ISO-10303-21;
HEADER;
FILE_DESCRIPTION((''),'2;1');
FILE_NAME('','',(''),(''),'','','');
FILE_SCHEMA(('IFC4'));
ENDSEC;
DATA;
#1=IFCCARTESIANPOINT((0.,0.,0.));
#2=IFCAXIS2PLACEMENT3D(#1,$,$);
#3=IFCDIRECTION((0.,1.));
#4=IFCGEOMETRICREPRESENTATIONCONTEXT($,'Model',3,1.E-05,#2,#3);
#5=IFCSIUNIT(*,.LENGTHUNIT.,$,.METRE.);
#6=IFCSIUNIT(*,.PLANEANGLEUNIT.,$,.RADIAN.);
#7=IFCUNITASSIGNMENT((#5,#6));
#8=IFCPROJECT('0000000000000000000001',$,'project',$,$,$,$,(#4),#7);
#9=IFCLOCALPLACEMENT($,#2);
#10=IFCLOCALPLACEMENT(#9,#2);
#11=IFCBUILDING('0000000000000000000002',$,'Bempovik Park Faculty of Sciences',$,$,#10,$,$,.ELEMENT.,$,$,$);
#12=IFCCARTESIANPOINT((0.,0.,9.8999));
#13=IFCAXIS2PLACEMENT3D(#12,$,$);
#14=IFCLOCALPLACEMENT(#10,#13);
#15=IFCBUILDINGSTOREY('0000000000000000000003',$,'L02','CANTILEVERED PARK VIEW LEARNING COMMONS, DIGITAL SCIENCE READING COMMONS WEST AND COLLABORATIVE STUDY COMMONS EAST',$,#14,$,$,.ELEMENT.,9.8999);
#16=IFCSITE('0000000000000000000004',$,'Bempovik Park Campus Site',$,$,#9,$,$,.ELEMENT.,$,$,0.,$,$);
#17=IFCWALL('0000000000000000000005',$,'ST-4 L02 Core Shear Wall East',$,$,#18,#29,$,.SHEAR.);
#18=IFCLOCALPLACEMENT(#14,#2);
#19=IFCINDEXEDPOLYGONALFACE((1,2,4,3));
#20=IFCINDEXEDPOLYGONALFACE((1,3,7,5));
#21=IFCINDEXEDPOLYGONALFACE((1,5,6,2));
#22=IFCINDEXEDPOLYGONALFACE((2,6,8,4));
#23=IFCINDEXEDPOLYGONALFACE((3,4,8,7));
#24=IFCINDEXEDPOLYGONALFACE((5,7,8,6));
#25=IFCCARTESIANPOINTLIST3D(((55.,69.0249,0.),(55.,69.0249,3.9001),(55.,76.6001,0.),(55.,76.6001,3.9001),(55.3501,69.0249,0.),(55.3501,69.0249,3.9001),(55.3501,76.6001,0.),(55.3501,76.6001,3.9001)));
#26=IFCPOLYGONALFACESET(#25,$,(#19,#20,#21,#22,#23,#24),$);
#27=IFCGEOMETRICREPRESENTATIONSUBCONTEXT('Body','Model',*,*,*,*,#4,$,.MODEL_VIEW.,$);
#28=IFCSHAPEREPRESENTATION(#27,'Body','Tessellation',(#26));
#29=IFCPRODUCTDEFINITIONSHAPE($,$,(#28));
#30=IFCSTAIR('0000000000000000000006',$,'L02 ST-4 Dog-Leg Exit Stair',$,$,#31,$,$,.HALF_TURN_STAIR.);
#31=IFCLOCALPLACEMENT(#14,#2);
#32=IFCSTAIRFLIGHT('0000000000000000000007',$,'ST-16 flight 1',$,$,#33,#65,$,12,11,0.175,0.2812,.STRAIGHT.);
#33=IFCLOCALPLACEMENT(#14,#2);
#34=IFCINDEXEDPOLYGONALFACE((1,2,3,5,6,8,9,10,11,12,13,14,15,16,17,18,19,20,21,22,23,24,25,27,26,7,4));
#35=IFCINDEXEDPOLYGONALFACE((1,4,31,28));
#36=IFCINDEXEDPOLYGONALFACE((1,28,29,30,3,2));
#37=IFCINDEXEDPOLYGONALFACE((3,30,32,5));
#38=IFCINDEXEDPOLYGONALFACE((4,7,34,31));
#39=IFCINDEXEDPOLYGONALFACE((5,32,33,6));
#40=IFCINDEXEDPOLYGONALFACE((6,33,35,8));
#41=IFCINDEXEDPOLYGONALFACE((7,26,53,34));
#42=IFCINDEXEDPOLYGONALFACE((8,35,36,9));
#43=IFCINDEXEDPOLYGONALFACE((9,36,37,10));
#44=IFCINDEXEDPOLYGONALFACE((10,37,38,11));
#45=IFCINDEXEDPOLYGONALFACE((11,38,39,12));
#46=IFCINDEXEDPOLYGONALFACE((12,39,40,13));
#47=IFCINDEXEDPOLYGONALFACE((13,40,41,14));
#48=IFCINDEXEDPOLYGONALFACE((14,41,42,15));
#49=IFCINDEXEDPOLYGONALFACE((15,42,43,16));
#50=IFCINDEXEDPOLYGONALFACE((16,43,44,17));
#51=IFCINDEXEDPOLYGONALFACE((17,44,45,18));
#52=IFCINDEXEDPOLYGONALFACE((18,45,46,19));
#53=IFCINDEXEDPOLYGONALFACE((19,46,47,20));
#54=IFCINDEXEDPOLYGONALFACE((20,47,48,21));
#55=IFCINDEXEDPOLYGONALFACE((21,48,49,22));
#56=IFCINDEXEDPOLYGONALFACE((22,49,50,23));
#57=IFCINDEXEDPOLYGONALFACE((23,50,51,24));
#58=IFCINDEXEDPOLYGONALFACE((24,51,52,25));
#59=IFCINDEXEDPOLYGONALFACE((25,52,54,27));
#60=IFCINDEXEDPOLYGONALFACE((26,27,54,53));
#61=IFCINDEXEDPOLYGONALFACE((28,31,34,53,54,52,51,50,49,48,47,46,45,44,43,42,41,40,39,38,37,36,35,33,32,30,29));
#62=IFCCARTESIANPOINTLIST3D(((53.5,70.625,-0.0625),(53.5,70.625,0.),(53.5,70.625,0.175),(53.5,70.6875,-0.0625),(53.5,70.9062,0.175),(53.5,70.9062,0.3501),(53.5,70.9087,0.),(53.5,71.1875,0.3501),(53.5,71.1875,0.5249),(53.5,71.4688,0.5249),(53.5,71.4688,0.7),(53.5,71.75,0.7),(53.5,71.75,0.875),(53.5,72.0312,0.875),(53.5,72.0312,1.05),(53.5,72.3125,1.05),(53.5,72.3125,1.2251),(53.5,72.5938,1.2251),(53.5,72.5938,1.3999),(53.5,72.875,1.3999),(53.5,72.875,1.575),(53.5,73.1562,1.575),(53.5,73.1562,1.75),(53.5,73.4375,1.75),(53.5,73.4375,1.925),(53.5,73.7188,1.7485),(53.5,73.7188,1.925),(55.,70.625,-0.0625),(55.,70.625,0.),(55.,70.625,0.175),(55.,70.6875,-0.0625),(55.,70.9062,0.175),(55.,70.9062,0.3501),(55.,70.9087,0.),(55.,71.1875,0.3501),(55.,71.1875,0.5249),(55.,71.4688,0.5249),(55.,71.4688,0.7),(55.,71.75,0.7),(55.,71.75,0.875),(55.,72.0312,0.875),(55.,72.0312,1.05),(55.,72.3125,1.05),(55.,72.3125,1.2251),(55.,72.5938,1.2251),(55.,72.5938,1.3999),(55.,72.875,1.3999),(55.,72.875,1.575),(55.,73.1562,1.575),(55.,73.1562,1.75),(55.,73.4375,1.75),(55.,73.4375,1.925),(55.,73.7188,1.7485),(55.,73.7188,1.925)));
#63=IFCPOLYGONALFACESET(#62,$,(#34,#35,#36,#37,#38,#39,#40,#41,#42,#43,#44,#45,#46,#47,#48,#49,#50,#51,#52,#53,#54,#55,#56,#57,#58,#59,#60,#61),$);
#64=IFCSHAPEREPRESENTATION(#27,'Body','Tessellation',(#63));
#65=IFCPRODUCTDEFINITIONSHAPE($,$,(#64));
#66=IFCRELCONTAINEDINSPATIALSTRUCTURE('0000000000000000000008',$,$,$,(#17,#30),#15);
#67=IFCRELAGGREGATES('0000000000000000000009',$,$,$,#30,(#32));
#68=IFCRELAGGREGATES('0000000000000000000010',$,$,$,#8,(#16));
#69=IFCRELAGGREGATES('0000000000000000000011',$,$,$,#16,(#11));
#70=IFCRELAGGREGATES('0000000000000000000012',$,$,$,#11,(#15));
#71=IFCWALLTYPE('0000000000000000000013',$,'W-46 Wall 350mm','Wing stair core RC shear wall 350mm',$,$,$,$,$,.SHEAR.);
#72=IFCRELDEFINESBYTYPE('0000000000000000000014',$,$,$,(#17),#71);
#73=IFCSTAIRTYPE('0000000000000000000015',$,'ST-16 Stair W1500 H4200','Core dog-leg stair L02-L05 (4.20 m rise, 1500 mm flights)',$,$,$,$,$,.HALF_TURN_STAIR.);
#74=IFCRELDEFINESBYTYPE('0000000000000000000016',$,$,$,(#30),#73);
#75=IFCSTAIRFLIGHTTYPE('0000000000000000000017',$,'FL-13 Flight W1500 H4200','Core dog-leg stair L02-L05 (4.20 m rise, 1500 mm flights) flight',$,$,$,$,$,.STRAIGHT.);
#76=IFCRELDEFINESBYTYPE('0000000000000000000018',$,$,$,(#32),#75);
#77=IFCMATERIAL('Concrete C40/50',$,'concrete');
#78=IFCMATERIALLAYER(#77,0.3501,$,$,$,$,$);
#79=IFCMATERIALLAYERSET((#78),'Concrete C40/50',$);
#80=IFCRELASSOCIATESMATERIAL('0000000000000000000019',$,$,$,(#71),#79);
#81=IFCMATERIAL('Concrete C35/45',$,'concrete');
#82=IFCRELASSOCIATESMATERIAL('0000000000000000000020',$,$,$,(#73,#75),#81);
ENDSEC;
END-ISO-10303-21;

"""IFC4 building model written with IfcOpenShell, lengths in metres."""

from ifc_helpers import new_model, si_unit, direction, frame, frame_2d, origin, place, context, subcontext, project, spatial, polyline, rectangle, outline, extrude, material, layer, layer_set, type_object, element, aggregate, save


model = new_model("IFC4")

# Units and contexts
model_context = context("Model", 3, precision=1e-05, world=origin(), true_north=direction((0.0, 1.0)))
body_context = subcontext(model_context, "Body", "Model", "MODEL_VIEW")
ifc_project = project(units=[si_unit("LENGTHUNIT", "METRE"), si_unit("PLANEANGLEUNIT", "RADIAN")], contexts=[model_context])

# Site, building, storey
site_placement = place(None, origin())
site = spatial("IfcSite", under=ifc_project, at=site_placement, Name="Bempovik Park Campus Site", CompositionType="ELEMENT", RefElevation=0.0)
building_placement = place(site_placement, origin())
building = spatial("IfcBuilding", under=site, at=building_placement, Name="Bempovik Park Faculty of Sciences", CompositionType="ELEMENT")
storey_placement = place(building_placement, frame((0.0, 0.0, 9.8999)))
storey = spatial("IfcBuildingStorey", under=building, at=storey_placement, Name="L02", Description="CANTILEVERED PARK VIEW LEARNING COMMONS, DIGITAL SCIENCE READING COMMONS WEST AND COLLABORATIVE STUDY COMMONS EAST", CompositionType="ELEMENT", Elevation=9.8999)

# Shared definitions
ifc_material_1 = material(Name="Concrete C40/50", Category="concrete")

# Shared definitions
ifc_material_2 = material(Name="Concrete C35/45", Category="concrete")

# Shared definitions
ifc_layer_1 = layer(ifc_material_1, 0.3501)
ifc_layer_set_1 = layer_set([ifc_layer_1], Name="Concrete C40/50")
wall_type = type_object("IfcWallType", Name="W-46 Wall 350mm", Description="Wing stair core RC shear wall 350mm", PredefinedType="SHEAR", material=ifc_layer_set_1)

# Wall
for number, where, z_axis, x_axis, name in (
    (1, (55.175, 69.0249, 0.0), (0.0, 0.0, 1.0), (0.0, 1.0, 0.0), "ST-4 L02 Core Shear Wall East"),
):
    element("IfcWall", number, at=place(storey_placement, frame(where, z_axis=z_axis, x_axis=x_axis)), inside=storey, type_object=wall_type, Name=name, PredefinedType="SHEAR", context=body_context, shape_type="SweptSolid", body=[
        extrude(rectangle(XDim=7.5752, YDim=0.3501, at=frame_2d((3.7876, 0.0))), origin(), (0.0, 0.0, 1.0), 3.9001),
    ])

# Stair, stair flight
stair_type = type_object("IfcStairType", Name="ST-16 Stair W1500 H4200", Description="Core dog-leg stair L02-L05 (4.20 m rise, 1500 mm flights)", PredefinedType="HALF_TURN_STAIR", material=ifc_material_2)
stair_placement = place(storey_placement, origin())
stair = element("IfcStair", 2, at=stair_placement, inside=storey, type_object=stair_type, Name="L02 ST-4 Dog-Leg Exit Stair", PredefinedType="HALF_TURN_STAIR")
stair_flight_type = type_object("IfcStairFlightType", Name="FL-13 Flight W1500 H4200", Description="Core dog-leg stair L02-L05 (4.20 m rise, 1500 mm flights) flight", PredefinedType="STRAIGHT", material=ifc_material_2)
stair_flight_placement = place(storey_placement, frame((54.25, 70.625, 0.0), z_axis=(0.0, 0.0, 1.0), x_axis=(0.0, 1.0, 0.0)))
stair_flight = element("IfcStairFlight", 3, at=stair_flight_placement, type_object=stair_flight_type, Name="ST-16 flight 1", NumberOfRisers=12, NumberOfTreads=11, PredefinedType="STRAIGHT", RiserHeight=0.175, TreadLength=0.2812, context=body_context, shape_type="SweptSolid", body=[
    extrude(outline(polyline([(0.0, 0.0), (0.0, 0.175), (0.2812, 0.175), (0.2812, 0.3501), (0.5625, 0.3501), (0.5625, 0.5249), (0.8438, 0.5249), (0.8438, 0.7), (1.125, 0.7), (1.125, 0.875), (1.4062, 0.875), (1.4062, 1.05), (1.6875, 1.05), (1.6875, 1.2251), (1.9688, 1.2251), (1.9688, 1.3999), (2.25, 1.3999), (2.25, 1.575), (2.5312, 1.575), (2.5312, 1.75), (2.8125, 1.75), (2.8125, 1.925), (3.0938, 1.925), (3.0938, 2.1001), (3.0938, 1.7485), (0.2837, 0.0), (0.0625, -0.0625), (0.0, -0.0625), (0.0, 0.0)])), frame((0.0, 0.75, 0.0), z_axis=(0.0, -1.0, 0.0), x_axis=(1.0, 0.0, 0.0)), (0.0, 0.0, 1.0), 1.5),
])
aggregate(stair, [stair_flight])

save(model, "model.ifc")
